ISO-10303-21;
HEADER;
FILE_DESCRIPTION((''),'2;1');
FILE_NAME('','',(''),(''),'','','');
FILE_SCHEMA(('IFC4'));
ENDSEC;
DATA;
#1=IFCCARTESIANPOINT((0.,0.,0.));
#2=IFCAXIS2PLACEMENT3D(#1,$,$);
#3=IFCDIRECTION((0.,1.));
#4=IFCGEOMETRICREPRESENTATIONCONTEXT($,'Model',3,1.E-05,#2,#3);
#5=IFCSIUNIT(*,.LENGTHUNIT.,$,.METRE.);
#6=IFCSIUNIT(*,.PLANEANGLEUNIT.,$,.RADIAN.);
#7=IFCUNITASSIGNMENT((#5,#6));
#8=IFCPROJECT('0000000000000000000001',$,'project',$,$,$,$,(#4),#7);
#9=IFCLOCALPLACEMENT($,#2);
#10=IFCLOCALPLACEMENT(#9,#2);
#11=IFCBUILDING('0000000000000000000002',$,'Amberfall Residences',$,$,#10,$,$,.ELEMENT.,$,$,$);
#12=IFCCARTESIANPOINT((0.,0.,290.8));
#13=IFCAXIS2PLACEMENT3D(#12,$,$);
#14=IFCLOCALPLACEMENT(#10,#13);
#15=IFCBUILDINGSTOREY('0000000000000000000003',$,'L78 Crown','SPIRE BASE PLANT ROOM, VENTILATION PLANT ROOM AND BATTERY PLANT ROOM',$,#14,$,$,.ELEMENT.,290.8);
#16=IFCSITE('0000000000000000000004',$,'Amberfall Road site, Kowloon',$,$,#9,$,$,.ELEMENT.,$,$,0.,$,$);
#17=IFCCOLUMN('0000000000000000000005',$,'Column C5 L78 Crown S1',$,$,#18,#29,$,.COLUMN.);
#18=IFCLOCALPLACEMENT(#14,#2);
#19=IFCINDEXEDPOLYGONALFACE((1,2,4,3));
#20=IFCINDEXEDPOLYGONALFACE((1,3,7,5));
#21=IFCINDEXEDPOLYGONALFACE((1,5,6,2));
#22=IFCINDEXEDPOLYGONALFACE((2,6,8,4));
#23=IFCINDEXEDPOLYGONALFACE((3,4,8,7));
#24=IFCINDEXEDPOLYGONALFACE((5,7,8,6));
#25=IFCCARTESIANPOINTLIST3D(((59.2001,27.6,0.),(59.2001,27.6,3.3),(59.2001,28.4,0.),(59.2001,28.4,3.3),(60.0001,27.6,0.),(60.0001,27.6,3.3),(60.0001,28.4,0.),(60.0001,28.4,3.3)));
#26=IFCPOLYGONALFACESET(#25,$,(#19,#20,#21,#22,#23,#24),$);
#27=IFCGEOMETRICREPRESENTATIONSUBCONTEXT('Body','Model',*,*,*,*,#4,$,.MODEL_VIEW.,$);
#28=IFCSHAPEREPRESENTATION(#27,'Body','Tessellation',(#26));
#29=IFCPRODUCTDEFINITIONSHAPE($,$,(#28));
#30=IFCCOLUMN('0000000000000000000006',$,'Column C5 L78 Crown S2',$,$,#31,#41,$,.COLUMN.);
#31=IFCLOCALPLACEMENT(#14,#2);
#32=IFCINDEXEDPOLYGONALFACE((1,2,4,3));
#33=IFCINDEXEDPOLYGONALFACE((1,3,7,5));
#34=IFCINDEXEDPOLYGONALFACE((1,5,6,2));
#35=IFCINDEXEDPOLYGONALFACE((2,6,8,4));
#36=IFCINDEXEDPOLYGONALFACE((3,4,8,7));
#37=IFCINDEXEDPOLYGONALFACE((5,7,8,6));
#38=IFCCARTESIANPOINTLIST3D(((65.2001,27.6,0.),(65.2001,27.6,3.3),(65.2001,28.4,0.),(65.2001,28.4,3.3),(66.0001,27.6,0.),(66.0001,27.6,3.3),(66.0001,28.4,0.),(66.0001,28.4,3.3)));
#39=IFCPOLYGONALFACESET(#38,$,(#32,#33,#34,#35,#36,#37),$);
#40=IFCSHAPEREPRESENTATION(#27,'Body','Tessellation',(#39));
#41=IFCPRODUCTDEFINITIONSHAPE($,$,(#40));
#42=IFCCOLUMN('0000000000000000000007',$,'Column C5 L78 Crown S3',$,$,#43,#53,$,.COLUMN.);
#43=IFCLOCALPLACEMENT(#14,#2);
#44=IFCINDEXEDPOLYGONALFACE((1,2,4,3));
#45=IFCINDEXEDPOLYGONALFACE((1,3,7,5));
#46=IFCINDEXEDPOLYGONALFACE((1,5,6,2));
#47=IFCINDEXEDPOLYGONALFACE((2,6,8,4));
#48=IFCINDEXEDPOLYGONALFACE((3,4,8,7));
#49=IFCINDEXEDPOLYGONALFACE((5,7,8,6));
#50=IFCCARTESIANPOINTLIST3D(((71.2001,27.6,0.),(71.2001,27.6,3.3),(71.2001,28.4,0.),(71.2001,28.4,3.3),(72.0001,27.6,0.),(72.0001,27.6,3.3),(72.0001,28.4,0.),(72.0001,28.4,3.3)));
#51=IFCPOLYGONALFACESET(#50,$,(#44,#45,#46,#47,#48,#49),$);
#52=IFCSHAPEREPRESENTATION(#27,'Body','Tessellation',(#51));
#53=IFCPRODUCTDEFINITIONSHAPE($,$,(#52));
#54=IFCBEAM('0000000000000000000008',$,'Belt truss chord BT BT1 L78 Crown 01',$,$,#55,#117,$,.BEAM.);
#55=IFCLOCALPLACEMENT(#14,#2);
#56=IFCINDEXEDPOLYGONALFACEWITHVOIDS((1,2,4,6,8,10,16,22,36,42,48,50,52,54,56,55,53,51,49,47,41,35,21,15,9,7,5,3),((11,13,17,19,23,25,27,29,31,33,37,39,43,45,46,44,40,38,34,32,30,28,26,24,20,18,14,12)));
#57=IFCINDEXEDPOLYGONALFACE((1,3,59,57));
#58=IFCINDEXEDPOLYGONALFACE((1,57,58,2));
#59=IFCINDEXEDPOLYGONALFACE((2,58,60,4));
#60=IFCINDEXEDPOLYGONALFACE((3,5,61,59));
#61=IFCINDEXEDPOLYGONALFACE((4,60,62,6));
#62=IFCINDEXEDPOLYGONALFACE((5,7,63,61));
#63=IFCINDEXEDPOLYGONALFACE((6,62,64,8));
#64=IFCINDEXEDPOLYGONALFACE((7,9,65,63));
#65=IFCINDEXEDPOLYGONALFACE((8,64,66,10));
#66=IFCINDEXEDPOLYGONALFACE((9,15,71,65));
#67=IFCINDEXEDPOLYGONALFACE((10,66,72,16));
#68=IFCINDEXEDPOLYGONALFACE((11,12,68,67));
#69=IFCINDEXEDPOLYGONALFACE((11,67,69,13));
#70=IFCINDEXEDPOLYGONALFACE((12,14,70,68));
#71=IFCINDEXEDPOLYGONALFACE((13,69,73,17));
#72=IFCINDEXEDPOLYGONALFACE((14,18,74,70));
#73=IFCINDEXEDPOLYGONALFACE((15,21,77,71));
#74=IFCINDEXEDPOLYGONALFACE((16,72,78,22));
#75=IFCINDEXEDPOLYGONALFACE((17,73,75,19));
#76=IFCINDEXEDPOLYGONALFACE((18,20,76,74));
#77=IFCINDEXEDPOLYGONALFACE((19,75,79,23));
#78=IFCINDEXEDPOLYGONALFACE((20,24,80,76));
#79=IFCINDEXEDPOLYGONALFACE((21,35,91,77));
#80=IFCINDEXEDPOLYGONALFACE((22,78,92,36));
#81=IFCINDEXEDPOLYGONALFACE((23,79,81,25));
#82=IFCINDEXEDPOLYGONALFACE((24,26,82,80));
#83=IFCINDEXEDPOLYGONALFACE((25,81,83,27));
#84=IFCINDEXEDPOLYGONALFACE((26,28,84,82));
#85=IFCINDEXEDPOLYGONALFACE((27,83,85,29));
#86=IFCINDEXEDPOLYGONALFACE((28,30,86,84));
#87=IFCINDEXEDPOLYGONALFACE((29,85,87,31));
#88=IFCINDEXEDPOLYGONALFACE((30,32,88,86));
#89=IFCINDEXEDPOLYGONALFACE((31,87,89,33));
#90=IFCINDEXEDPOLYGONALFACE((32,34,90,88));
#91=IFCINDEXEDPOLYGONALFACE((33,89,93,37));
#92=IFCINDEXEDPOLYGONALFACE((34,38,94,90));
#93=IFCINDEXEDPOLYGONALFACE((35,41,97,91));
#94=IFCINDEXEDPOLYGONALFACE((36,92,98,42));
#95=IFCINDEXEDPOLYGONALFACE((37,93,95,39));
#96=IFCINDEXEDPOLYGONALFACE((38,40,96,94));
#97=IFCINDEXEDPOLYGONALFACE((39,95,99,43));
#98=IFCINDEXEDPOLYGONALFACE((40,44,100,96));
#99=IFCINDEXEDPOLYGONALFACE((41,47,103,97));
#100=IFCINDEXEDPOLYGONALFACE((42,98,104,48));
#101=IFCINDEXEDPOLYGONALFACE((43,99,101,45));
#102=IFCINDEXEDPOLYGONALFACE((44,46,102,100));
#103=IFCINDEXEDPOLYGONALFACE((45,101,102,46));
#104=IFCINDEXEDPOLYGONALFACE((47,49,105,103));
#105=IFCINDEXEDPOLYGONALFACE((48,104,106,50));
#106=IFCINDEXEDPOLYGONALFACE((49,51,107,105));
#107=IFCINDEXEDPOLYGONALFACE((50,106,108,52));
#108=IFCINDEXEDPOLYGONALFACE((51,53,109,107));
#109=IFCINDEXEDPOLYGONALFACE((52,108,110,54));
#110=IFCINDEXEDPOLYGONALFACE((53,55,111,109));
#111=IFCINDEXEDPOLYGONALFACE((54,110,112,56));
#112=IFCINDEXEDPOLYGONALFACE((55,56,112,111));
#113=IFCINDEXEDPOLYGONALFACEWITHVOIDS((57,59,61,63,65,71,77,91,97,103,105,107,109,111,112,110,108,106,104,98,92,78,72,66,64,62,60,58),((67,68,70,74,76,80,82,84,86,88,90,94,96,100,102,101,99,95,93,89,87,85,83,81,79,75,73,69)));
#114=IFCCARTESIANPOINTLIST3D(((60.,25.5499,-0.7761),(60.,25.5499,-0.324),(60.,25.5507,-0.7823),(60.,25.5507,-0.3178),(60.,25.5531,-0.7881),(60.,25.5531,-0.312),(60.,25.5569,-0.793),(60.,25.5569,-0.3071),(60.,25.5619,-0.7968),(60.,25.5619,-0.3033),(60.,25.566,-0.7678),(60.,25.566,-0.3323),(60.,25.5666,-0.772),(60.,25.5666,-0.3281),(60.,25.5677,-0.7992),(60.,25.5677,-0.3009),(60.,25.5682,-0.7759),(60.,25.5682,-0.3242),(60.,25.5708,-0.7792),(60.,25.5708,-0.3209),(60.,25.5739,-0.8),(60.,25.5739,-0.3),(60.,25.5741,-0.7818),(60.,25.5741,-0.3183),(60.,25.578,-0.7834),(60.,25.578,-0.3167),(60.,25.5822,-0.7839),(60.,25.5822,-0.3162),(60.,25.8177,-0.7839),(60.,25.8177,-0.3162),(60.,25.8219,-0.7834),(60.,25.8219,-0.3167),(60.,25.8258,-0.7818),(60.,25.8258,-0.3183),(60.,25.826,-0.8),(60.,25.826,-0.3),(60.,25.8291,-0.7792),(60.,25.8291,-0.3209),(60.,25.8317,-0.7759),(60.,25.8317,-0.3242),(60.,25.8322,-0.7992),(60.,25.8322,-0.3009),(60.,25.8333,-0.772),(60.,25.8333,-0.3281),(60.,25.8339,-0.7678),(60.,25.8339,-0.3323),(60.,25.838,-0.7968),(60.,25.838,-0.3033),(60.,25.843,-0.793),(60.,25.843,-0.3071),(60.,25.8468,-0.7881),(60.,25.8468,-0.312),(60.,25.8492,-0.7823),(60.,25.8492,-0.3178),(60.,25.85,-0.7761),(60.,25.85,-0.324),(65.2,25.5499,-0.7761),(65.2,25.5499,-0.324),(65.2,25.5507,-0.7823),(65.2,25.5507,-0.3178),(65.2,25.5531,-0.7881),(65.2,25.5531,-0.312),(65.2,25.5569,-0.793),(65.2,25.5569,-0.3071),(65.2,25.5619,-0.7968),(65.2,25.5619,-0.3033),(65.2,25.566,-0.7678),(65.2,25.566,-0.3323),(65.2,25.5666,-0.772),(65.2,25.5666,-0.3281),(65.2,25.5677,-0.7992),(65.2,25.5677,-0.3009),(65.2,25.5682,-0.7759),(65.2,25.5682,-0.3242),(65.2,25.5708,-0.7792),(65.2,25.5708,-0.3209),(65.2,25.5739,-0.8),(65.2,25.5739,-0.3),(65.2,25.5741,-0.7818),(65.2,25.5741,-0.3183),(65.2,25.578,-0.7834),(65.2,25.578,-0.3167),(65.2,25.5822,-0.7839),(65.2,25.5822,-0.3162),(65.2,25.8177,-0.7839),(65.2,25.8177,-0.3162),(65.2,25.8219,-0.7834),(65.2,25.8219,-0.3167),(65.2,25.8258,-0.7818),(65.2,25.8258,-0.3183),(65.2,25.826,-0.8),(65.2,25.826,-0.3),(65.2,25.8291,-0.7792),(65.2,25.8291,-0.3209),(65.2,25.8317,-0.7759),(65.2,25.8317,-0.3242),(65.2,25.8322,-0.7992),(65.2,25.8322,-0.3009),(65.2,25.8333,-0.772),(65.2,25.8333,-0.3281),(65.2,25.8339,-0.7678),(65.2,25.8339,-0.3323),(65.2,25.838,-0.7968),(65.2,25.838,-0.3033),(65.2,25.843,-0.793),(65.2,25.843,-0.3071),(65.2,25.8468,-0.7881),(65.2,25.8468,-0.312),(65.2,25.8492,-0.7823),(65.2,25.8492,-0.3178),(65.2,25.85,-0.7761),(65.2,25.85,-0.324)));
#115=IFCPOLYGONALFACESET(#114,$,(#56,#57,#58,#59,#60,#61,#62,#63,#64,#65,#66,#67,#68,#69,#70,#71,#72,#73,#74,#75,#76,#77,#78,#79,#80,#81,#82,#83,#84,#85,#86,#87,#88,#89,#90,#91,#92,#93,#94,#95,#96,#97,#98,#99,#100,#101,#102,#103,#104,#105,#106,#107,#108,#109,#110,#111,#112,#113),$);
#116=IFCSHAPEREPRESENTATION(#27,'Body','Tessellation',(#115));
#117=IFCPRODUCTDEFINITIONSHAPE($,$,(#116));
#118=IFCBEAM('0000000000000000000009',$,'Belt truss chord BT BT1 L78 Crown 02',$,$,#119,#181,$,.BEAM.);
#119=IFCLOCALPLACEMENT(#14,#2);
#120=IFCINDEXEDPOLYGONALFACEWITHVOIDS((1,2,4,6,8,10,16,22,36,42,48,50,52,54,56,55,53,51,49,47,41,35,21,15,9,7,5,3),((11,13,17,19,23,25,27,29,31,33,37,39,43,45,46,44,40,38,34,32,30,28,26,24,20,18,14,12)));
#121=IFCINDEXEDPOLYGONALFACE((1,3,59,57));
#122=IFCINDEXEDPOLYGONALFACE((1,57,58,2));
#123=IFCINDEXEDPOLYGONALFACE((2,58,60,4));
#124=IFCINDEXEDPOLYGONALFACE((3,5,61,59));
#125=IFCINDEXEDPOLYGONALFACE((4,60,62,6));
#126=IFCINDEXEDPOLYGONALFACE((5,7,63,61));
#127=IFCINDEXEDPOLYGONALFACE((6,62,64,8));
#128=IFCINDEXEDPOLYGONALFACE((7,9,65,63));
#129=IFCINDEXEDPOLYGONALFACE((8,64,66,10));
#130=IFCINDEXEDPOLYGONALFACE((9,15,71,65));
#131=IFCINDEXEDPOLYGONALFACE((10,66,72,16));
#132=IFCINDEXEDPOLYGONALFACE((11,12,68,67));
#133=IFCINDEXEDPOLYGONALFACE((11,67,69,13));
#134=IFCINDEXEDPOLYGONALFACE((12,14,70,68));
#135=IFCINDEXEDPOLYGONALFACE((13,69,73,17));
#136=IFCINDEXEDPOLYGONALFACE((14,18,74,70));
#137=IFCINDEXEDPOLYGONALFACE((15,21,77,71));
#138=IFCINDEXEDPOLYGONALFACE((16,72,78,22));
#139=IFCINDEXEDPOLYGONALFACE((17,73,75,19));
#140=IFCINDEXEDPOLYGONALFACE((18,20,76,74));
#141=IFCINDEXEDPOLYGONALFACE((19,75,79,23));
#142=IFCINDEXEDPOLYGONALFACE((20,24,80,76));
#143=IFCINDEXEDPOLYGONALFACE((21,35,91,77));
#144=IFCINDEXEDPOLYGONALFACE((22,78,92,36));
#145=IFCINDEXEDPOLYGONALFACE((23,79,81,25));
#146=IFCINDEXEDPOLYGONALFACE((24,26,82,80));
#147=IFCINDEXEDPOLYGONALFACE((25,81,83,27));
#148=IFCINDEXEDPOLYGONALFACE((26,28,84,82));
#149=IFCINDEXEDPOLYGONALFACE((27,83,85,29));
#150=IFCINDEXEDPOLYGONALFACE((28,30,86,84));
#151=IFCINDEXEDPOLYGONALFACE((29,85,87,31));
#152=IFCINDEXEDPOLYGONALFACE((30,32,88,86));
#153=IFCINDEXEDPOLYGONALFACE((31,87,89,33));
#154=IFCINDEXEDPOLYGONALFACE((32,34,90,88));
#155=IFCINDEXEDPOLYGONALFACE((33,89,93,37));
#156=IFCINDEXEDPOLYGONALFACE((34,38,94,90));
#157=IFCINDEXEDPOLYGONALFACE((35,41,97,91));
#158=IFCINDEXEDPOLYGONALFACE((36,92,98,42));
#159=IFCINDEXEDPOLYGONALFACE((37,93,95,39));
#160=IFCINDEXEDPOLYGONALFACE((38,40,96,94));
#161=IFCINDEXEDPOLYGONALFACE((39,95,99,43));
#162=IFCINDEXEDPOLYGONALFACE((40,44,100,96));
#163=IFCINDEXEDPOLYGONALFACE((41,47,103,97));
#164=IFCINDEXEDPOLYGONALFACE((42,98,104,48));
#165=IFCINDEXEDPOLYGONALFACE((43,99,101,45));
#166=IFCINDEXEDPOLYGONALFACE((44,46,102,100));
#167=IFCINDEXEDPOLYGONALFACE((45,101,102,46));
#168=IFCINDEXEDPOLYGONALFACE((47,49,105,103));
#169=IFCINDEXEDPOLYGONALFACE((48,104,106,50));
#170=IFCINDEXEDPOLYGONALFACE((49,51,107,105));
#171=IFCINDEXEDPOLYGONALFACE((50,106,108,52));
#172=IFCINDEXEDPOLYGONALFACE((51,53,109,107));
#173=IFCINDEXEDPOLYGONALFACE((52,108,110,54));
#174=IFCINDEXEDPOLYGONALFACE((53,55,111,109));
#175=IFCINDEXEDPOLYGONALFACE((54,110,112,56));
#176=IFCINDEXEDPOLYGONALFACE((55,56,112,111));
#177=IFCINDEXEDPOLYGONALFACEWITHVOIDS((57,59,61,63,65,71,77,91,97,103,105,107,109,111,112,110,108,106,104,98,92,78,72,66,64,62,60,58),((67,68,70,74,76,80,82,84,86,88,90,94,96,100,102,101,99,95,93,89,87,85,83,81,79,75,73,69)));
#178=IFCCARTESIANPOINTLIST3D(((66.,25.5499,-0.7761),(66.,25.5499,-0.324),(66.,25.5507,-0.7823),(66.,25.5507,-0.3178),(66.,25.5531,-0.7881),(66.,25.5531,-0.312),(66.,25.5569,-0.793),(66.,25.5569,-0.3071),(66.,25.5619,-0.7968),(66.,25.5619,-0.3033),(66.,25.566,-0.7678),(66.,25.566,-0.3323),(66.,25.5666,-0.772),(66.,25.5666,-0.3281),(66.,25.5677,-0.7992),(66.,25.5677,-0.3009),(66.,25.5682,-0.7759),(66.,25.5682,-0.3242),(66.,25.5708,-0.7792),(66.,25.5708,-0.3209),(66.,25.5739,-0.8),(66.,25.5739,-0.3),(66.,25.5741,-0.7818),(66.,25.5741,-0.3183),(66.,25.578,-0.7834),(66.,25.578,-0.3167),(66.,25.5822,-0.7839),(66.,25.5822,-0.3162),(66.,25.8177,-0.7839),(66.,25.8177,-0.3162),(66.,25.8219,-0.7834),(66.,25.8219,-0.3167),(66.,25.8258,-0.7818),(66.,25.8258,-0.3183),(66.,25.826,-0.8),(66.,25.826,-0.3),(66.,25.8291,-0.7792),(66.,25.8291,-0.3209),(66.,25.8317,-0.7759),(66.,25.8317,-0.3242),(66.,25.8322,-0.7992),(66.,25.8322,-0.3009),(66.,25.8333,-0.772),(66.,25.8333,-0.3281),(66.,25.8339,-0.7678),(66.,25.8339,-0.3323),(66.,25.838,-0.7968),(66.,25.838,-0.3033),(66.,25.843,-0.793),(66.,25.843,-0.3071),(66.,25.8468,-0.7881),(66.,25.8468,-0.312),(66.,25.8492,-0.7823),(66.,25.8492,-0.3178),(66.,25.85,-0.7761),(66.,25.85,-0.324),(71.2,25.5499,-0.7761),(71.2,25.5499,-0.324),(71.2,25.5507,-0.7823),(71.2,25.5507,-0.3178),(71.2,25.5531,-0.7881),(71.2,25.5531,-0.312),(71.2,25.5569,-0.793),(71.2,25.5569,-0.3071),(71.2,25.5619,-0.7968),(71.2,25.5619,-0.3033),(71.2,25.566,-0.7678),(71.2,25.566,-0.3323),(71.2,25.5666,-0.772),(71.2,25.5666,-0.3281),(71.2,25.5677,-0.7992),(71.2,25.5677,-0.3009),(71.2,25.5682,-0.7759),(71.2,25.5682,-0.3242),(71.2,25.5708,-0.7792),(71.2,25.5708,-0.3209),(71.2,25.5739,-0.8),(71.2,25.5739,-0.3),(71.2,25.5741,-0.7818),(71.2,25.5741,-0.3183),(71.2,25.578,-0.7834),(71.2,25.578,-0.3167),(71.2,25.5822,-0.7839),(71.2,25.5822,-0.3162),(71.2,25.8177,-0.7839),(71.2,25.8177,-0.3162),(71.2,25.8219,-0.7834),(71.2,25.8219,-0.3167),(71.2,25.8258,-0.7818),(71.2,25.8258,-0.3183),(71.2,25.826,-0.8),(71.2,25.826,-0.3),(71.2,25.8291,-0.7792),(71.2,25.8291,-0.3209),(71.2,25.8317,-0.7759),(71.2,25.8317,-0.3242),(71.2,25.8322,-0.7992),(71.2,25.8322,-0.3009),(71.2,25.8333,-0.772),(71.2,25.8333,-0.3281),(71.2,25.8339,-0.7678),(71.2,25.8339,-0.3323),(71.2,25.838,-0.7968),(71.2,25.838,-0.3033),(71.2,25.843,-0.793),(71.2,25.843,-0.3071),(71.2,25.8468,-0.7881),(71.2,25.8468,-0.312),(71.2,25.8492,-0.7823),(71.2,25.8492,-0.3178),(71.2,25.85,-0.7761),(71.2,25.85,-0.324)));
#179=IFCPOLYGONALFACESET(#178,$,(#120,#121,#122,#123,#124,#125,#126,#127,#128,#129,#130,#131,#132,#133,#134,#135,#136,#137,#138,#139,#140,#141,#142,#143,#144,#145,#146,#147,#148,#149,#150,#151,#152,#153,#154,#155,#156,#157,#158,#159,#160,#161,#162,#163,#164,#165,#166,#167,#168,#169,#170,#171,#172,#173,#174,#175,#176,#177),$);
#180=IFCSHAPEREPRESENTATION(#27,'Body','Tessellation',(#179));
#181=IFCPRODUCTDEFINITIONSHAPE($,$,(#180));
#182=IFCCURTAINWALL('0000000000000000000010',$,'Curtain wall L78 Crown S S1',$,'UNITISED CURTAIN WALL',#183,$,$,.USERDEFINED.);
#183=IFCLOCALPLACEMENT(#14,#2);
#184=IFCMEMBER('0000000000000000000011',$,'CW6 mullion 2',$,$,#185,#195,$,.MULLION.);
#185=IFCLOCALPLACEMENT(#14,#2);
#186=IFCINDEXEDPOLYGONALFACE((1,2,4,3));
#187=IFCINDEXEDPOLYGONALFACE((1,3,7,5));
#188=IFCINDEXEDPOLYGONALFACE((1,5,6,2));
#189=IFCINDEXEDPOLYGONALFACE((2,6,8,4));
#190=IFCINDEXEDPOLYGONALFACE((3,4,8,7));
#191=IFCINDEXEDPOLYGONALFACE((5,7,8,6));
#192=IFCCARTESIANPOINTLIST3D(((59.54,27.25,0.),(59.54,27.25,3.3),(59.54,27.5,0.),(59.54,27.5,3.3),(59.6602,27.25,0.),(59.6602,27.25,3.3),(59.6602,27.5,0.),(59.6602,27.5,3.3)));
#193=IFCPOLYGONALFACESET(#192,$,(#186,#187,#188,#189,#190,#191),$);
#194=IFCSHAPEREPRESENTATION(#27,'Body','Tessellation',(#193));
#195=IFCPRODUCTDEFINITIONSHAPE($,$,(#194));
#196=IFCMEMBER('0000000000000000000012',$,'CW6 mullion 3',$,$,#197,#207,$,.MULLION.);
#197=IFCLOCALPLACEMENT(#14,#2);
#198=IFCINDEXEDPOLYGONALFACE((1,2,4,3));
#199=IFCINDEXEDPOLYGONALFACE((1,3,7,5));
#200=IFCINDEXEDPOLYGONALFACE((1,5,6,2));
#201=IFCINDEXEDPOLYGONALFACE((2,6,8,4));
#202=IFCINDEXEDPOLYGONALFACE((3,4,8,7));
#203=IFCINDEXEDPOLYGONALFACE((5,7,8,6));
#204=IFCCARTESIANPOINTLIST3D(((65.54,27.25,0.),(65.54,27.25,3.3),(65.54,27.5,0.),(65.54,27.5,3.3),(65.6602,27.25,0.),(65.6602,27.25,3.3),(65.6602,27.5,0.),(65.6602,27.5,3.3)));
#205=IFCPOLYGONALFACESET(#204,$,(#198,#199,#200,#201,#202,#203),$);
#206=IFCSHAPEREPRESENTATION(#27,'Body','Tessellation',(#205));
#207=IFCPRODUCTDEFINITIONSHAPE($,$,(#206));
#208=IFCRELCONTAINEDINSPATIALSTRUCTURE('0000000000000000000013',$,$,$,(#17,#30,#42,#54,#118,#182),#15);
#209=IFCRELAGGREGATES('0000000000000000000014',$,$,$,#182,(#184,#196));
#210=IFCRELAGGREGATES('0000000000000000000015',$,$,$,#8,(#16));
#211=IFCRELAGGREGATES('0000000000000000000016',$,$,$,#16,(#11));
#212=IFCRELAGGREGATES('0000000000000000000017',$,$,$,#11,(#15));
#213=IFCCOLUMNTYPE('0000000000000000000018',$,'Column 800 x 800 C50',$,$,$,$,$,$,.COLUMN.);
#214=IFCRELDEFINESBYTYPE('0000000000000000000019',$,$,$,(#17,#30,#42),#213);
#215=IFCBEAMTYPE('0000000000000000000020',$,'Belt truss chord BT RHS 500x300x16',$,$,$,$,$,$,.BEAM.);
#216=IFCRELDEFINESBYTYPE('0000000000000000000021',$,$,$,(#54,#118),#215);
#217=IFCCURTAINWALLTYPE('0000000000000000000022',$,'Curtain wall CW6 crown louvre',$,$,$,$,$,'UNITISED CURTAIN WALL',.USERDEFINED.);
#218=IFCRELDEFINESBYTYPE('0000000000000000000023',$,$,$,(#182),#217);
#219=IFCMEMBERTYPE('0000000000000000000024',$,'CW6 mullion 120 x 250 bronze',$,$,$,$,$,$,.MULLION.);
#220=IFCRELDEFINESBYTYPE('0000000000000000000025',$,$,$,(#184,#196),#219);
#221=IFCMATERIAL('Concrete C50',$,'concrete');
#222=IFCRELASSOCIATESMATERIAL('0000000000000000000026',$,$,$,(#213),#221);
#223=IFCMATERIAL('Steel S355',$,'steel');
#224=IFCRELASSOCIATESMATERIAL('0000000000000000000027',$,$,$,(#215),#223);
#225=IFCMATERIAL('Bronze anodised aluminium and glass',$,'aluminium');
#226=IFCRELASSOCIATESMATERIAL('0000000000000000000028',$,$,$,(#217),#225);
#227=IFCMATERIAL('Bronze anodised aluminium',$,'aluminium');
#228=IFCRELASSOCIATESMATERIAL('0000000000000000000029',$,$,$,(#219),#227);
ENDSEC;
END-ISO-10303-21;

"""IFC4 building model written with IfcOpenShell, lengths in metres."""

from ifc_helpers import new_model, si_unit, direction, frame, origin, origin_2d, place, context, subcontext, project, spatial, rectangle, hollow_rectangle, extrude, material, material_profile, profile_set, type_object, element, aggregate, save


model = new_model("IFC4")

# Units and contexts
model_context = context("Model", 3, precision=1e-05, world=origin(), true_north=direction((0.0, 1.0)))
body_context = subcontext(model_context, "Body", "Model", "MODEL_VIEW")
ifc_project = project(units=[si_unit("LENGTHUNIT", "METRE"), si_unit("PLANEANGLEUNIT", "RADIAN")], contexts=[model_context])

# Site, building, storey
site_placement = place(None, origin())
site = spatial("IfcSite", under=ifc_project, at=site_placement, Name="Amberfall Road site, Kowloon", CompositionType="ELEMENT", RefElevation=0.0)
building_placement = place(site_placement, origin())
building = spatial("IfcBuilding", under=site, at=building_placement, Name="Amberfall Residences", CompositionType="ELEMENT")
storey_placement = place(building_placement, frame((0.0, 0.0, 290.8)))
storey = spatial("IfcBuildingStorey", under=building, at=storey_placement, Name="L78 Crown", Description="SPIRE BASE PLANT ROOM, VENTILATION PLANT ROOM AND BATTERY PLANT ROOM", CompositionType="ELEMENT", Elevation=290.8)

# Columns
ifc_material_1 = material(Name="Concrete C50", Category="concrete")
ifc_material_profile_1 = material_profile(ifc_material_1, rectangle(XDim=0.8, YDim=0.8, at=origin_2d()), Name="Column 800 x 800 C50")
ifc_profile_set_1 = profile_set([ifc_material_profile_1], Name="Concrete C50")
column_type = type_object("IfcColumnType", Name="Column 800 x 800 C50", PredefinedType="COLUMN", material=ifc_profile_set_1)
for number, where, z_axis, x_axis, name in (
    (1, (59.6001, 28.0, 0.0), (0.0, 0.0, 1.0), (1.0, 0.0, 0.0), "Column C5 L78 Crown S1"),
    (2, (65.6001, 28.0, 0.0), (0.0, 0.0, 1.0), (1.0, 0.0, 0.0), "Column C5 L78 Crown S2"),
    (3, (71.6001, 28.0, 0.0), (0.0, 0.0, 1.0), (1.0, 0.0, 0.0), "Column C5 L78 Crown S3"),
):
    element("IfcColumn", number, at=place(storey_placement, frame(where, z_axis=z_axis, x_axis=x_axis)), inside=storey, type_object=column_type, Name=name, PredefinedType="COLUMN", context=body_context, shape_type="SweptSolid", body=[
        extrude(rectangle(XDim=0.8, YDim=0.8, at=origin_2d()), origin(), (0.0, 0.0, 1.0), 3.3),
    ])

# Beams
ifc_material_2 = material(Name="Steel S355", Category="steel")
ifc_material_profile_2 = material_profile(ifc_material_2, hollow_rectangle(XDim=0.3, YDim=0.5, WallThickness=0.0161, InnerFilletRadius=0.0161, OuterFilletRadius=0.0239, at=origin_2d()), Name="RHS 500x300x16")
ifc_profile_set_2 = profile_set([ifc_material_profile_2], Name="Steel S355")
beam_type_1 = type_object("IfcBeamType", Name="Belt truss chord BT RHS 500x300x16", PredefinedType="BEAM", material=ifc_profile_set_2)
for number, where, z_axis, x_axis, name in (
    (4, (60.0, 25.7, -0.55), (1.0, 0.0, 0.0), (0.0, 1.0, 0.0), "Belt truss chord BT BT1 L78 Crown 01"),
    (5, (66.0, 25.7, -0.55), (1.0, 0.0, 0.0), (0.0, 1.0, 0.0), "Belt truss chord BT BT1 L78 Crown 02"),
):
    element("IfcBeam", number, at=place(storey_placement, frame(where, z_axis=z_axis, x_axis=x_axis)), inside=storey, type_object=beam_type_1, Name=name, PredefinedType="BEAM", context=body_context, shape_type="SweptSolid", body=[
        extrude(hollow_rectangle(XDim=0.3, YDim=0.5, WallThickness=0.0161, InnerFilletRadius=0.0161, OuterFilletRadius=0.0239, at=origin_2d()), origin(), (0.0, 0.0, 1.0), 5.2),
    ])

# Curtain wall, members
ifc_material_3 = material(Name="Bronze anodised aluminium and glass", Category="aluminium")
curtain_wall_type = type_object("IfcCurtainWallType", Name="Curtain wall CW6 crown louvre", ElementType="UNITISED CURTAIN WALL", PredefinedType="USERDEFINED", material=ifc_material_3)
curtain_wall_placement = place(storey_placement, origin())
curtain_wall = element("IfcCurtainWall", 6, at=curtain_wall_placement, inside=storey, type_object=curtain_wall_type, Name="Curtain wall L78 Crown S S1", ObjectType="UNITISED CURTAIN WALL", PredefinedType="USERDEFINED")
ifc_material_4 = material(Name="Bronze anodised aluminium", Category="aluminium")
ifc_material_profile_3 = material_profile(ifc_material_4, rectangle(XDim=0.25, YDim=0.1201, at=origin_2d()), Name="CW6 mullion 120 x 250 bronze")
ifc_profile_set_3 = profile_set([ifc_material_profile_3], Name="Bronze anodised aluminium")
member_type_1 = type_object("IfcMemberType", Name="CW6 mullion 120 x 250 bronze", PredefinedType="MULLION", material=ifc_profile_set_3)
member_1_placement = place(storey_placement, frame((59.6001, 27.375, 0.0), z_axis=(0.0, 0.0, 1.0), x_axis=(0.0, 1.0, 0.0)))
member_1 = element("IfcMember", 7, at=member_1_placement, type_object=member_type_1, Name="CW6 mullion 2", PredefinedType="MULLION", context=body_context, shape_type="SweptSolid", body=[
    extrude(rectangle(XDim=0.25, YDim=0.1201, at=origin_2d()), origin(), (0.0, 0.0, 1.0), 3.3),
])
member_2_placement = place(storey_placement, frame((65.6001, 27.375, 0.0), z_axis=(0.0, 0.0, 1.0), x_axis=(0.0, 1.0, 0.0)))
member_2 = element("IfcMember", 8, at=member_2_placement, type_object=member_type_1, Name="CW6 mullion 3", PredefinedType="MULLION", context=body_context, shape_type="SweptSolid", body=[
    extrude(rectangle(XDim=0.25, YDim=0.1201, at=origin_2d()), origin(), (0.0, 0.0, 1.0), 3.3),
])

aggregate(curtain_wall, [member_1, member_2])

save(model, "model.ifc")
